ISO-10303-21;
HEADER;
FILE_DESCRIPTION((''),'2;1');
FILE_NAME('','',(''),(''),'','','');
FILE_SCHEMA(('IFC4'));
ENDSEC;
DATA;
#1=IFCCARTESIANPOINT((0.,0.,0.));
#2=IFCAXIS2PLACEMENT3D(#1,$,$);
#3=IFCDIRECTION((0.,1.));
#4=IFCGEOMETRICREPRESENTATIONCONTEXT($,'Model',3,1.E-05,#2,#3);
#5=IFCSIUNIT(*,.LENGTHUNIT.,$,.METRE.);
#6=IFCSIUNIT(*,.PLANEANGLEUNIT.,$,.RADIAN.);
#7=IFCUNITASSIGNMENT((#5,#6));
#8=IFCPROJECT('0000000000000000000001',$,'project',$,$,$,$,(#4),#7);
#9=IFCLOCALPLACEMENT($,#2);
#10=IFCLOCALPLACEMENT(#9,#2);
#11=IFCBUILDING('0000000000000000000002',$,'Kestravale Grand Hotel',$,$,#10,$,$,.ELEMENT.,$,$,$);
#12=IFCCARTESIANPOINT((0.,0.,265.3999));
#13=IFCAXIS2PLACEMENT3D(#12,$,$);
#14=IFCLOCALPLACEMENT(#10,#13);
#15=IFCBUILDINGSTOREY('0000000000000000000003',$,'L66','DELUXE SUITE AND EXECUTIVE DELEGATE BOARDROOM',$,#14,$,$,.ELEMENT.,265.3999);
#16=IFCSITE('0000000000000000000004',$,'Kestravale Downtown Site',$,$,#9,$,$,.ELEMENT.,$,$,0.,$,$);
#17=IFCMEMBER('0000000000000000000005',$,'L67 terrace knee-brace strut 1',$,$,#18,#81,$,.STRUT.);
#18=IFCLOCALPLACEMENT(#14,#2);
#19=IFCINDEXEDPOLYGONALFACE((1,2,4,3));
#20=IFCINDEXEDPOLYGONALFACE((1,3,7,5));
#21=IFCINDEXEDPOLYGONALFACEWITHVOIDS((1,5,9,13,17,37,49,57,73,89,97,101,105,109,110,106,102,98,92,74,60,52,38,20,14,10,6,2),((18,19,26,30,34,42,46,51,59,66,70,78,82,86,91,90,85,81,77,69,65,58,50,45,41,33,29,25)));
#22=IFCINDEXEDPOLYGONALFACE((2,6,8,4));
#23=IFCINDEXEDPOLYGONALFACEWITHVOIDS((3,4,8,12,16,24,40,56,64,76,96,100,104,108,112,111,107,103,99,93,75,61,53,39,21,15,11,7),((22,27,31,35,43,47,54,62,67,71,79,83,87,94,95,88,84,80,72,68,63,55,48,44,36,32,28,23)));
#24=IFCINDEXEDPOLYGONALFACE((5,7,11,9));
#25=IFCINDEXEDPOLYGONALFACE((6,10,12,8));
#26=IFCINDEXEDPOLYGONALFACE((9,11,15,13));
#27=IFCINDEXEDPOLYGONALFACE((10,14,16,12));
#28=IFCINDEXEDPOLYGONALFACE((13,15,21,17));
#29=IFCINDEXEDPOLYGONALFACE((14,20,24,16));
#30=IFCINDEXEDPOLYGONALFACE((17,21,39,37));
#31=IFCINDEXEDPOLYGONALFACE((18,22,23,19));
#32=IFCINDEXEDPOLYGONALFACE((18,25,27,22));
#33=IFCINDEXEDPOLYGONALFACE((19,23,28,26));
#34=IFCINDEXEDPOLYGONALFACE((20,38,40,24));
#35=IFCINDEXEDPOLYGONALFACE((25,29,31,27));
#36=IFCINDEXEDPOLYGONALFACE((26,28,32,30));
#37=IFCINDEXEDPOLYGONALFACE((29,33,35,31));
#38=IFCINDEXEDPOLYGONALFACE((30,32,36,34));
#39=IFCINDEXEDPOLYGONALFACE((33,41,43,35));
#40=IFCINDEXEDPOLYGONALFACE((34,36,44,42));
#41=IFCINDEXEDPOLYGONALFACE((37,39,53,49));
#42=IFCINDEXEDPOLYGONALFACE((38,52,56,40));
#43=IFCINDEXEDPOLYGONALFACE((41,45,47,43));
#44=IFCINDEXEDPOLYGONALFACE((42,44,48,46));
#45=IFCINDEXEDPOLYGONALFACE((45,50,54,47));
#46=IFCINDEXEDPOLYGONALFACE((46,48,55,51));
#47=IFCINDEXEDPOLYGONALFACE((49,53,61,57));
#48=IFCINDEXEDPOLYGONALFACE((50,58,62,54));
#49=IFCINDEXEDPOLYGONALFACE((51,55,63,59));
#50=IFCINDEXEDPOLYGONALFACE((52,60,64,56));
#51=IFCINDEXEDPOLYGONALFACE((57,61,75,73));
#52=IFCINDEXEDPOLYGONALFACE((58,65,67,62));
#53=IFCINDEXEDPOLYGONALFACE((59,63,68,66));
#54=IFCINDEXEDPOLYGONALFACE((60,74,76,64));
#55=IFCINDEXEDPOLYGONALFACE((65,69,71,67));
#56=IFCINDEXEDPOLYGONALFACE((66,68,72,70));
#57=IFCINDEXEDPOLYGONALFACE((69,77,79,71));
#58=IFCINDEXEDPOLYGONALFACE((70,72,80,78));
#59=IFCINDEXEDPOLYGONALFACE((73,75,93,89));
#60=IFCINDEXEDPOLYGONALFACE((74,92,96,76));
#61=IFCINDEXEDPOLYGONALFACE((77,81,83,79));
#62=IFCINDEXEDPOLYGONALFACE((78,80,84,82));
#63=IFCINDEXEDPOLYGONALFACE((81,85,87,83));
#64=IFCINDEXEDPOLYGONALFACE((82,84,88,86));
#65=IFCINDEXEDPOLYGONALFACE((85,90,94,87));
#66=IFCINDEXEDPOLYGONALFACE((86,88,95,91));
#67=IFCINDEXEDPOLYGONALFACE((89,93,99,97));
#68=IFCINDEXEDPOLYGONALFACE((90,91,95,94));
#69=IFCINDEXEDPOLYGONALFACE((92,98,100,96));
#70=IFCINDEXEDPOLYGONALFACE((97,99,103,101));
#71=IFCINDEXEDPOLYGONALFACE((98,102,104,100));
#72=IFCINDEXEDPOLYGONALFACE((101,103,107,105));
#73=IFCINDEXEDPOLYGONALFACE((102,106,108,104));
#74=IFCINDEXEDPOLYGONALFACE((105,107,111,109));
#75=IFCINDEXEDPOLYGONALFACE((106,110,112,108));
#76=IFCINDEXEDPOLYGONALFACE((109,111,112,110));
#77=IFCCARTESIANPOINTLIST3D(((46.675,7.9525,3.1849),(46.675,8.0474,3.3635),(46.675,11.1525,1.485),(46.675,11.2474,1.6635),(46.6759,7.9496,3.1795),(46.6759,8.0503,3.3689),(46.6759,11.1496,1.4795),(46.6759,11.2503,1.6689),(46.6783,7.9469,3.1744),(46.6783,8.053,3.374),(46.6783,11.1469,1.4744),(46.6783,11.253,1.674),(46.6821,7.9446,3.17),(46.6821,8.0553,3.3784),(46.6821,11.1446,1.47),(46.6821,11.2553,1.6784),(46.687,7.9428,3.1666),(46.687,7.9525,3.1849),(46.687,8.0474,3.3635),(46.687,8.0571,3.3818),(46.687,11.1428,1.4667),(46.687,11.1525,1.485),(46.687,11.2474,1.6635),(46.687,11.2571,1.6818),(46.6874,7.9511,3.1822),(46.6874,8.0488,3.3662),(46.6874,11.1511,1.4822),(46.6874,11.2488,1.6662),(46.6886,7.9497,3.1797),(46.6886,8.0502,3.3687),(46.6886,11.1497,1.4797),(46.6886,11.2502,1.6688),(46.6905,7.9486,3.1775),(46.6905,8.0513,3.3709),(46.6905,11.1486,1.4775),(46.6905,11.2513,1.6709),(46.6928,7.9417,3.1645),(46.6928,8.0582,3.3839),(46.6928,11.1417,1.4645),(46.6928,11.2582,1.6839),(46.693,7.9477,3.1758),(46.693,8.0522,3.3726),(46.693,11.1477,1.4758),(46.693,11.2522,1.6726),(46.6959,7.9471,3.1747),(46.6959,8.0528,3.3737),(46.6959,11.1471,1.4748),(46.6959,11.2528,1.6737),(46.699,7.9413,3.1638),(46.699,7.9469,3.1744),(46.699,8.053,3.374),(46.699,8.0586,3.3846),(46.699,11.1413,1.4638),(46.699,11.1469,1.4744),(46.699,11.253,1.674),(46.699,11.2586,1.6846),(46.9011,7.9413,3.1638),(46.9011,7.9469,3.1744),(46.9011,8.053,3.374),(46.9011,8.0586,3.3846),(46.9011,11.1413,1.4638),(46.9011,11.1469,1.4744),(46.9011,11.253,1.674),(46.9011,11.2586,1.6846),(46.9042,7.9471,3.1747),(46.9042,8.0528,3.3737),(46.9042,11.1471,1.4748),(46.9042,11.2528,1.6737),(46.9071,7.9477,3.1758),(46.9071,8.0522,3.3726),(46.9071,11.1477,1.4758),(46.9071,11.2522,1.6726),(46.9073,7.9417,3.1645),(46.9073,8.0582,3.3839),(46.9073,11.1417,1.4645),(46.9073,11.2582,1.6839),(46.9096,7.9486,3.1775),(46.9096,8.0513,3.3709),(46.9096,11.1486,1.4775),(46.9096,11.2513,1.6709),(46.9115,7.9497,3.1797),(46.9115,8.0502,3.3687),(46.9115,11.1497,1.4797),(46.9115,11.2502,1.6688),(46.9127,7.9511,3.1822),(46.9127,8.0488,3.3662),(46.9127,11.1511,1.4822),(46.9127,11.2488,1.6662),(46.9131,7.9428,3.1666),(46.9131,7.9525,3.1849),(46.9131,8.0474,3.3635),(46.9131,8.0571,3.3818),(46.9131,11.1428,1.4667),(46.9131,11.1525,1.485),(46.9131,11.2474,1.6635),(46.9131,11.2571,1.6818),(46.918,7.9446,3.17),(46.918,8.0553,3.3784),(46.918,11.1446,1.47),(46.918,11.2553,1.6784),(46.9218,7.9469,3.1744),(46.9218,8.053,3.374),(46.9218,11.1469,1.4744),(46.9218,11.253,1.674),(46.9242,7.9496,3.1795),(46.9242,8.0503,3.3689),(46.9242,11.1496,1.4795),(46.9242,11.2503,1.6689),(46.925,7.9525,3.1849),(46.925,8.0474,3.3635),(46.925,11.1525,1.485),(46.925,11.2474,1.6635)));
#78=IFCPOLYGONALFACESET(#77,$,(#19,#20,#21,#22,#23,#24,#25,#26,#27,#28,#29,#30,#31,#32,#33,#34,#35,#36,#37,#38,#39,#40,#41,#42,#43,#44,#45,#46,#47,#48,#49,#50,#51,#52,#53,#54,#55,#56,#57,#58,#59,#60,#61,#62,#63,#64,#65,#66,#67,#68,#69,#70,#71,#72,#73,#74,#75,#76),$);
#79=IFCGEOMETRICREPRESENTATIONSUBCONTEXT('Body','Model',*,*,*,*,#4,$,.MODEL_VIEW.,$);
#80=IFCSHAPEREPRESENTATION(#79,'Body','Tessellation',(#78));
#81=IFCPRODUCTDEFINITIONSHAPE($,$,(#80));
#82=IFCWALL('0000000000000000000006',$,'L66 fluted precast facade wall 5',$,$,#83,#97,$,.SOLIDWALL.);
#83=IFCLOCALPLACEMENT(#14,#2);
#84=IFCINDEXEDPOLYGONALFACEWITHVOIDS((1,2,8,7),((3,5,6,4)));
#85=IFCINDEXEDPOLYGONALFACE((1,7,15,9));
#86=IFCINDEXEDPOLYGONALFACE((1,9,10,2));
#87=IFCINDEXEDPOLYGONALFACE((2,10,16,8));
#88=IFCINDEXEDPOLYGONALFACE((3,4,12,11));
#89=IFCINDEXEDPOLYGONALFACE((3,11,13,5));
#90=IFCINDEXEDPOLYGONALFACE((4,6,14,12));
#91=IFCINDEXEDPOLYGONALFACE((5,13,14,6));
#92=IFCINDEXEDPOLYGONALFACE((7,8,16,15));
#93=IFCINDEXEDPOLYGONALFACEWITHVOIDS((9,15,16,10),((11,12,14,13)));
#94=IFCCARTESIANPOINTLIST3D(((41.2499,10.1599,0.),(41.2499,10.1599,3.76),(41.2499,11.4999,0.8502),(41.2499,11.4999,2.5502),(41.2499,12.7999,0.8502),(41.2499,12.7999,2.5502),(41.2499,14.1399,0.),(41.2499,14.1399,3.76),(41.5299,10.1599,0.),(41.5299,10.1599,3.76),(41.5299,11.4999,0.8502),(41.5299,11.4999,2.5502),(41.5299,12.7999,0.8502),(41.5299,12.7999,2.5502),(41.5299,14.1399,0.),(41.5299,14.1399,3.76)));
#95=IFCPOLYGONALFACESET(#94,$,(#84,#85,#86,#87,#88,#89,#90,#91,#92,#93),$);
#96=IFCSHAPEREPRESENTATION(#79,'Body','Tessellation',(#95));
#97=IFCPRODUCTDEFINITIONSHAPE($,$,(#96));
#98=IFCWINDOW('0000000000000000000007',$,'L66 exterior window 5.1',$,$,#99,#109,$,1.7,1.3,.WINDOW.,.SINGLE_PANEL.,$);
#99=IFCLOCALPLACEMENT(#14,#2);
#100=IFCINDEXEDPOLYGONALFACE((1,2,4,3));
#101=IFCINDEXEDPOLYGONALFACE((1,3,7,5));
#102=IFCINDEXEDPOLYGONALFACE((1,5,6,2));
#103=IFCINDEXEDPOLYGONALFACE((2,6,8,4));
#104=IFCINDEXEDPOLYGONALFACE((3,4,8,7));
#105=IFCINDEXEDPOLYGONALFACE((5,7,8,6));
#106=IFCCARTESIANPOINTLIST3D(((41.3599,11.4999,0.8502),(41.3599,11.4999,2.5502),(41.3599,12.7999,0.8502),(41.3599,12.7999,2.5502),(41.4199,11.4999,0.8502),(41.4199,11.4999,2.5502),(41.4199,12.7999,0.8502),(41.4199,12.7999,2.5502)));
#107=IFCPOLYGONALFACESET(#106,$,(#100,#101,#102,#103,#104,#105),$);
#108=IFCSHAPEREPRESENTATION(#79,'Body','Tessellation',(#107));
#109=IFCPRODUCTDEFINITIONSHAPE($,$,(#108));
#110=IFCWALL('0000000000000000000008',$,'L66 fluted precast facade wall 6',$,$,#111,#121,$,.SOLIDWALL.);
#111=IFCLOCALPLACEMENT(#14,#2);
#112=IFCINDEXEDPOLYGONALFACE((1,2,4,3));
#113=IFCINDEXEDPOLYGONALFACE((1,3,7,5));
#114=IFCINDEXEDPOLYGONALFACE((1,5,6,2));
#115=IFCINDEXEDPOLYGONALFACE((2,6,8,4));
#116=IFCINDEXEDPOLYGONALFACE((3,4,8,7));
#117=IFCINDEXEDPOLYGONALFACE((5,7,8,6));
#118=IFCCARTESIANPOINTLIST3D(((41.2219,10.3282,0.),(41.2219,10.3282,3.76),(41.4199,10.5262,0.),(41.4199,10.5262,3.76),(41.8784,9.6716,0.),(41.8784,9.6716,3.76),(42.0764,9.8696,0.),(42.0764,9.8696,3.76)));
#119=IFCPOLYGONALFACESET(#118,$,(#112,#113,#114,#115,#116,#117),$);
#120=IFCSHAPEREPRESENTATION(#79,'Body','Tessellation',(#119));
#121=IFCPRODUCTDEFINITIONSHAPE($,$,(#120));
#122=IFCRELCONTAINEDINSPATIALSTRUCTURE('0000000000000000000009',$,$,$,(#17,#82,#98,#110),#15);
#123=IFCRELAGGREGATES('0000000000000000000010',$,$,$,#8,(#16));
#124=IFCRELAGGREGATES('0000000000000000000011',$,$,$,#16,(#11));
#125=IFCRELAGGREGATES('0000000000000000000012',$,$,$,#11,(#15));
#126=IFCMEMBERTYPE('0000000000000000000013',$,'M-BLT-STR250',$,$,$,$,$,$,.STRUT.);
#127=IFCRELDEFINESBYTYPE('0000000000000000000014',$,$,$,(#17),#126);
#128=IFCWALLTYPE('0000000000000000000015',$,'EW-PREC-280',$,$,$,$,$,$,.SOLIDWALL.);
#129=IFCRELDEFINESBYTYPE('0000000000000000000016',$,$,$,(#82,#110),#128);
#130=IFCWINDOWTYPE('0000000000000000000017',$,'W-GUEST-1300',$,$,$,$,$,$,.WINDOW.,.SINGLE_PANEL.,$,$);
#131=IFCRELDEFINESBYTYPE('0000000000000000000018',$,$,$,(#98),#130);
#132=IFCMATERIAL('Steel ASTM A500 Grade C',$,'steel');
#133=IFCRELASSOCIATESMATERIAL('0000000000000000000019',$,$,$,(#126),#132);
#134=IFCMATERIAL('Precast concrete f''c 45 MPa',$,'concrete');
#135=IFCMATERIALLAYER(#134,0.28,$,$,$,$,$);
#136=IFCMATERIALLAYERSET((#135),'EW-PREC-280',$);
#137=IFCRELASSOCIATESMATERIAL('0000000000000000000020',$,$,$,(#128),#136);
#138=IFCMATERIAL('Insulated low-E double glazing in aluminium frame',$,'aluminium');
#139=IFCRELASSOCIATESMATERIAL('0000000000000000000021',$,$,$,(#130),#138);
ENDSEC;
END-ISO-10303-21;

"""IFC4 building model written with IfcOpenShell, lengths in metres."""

from ifc_helpers import new_model, si_unit, direction, frame, frame_2d, origin, origin_2d, place, context, subcontext, project, spatial, rectangle, hollow_rectangle, extrude, material, layer, layer_set, material_profile, profile_set, type_object, element, fill, save


model = new_model("IFC4")

# Units and contexts
model_context = context("Model", 3, precision=1e-05, world=origin(), true_north=direction((0.0, 1.0)))
body_context = subcontext(model_context, "Body", "Model", "MODEL_VIEW")
ifc_project = project(units=[si_unit("LENGTHUNIT", "METRE"), si_unit("PLANEANGLEUNIT", "RADIAN")], contexts=[model_context])

# Site, building, storey
site_placement = place(None, origin())
site = spatial("IfcSite", under=ifc_project, at=site_placement, Name="Kestravale Downtown Site", CompositionType="ELEMENT", RefElevation=0.0)
building_placement = place(site_placement, origin())
building = spatial("IfcBuilding", under=site, at=building_placement, Name="Kestravale Grand Hotel", CompositionType="ELEMENT")
storey_placement = place(building_placement, frame((0.0, 0.0, 265.3999)))
storey = spatial("IfcBuildingStorey", under=building, at=storey_placement, Name="L66", Description="DELUXE SUITE AND EXECUTIVE DELEGATE BOARDROOM", CompositionType="ELEMENT", Elevation=265.3999)

# Member
ifc_material_1 = material(Name="Steel ASTM A500 Grade C", Category="steel")
ifc_material_profile_1 = material_profile(ifc_material_1, hollow_rectangle(XDim=0.25, YDim=0.25, WallThickness=0.012, InnerFilletRadius=0.012, OuterFilletRadius=0.0239, at=origin_2d()))
ifc_profile_set_1 = profile_set([ifc_material_profile_1], Name="Steel ASTM A500 Grade C")
member_type = type_object("IfcMemberType", Name="M-BLT-STR250", PredefinedType="STRUT", material=ifc_profile_set_1)
member_placement = place(storey_placement, frame((46.8, 11.2, 1.5742), z_axis=(0.0, -0.883118, 0.46915), x_axis=(1.0, 0.0, 0.0)))
element("IfcMember", 1, at=member_placement, inside=storey, type_object=member_type, Name="L67 terrace knee-brace strut 1", PredefinedType="STRUT", context=body_context, shape_type="SweptSolid", body=[
    extrude(hollow_rectangle(XDim=0.25, YDim=0.25, WallThickness=0.012, InnerFilletRadius=0.012, OuterFilletRadius=0.0239, at=origin_2d()), origin(), (0.0, 0.0, 1.0), 3.6235),
])

# Wall, opening, window
ifc_material_2 = material(Name="Precast concrete f'c 45 MPa", Category="concrete")
ifc_layer_1 = layer(ifc_material_2, 0.28)
ifc_layer_set_1 = layer_set([ifc_layer_1], Name="EW-PREC-280")
wall_type_1 = type_object("IfcWallType", Name="EW-PREC-280", PredefinedType="SOLIDWALL", material=ifc_layer_set_1)
wall_1_placement = place(storey_placement, frame((41.3899, 14.1399, 0.0), z_axis=(0.0, 0.0, 1.0), x_axis=(0.0, -1.0, 0.0)))
wall_1 = element("IfcWall", 2, at=wall_1_placement, inside=storey, type_object=wall_type_1, Name="L66 fluted precast facade wall 5", PredefinedType="SOLIDWALL", context=body_context, shape_type="SweptSolid", body=[
    extrude(rectangle(XDim=3.98, YDim=0.28, at=frame_2d((1.99, 0.0))), origin(), (0.0, 0.0, 1.0), 3.76),
])
opening_1_placement = place(wall_1_placement, frame((1.3401, 0.0, 0.8501)))
opening_1 = element("IfcOpeningElement", 3, at=opening_1_placement, cuts=wall_1, PredefinedType="OPENING", context=body_context, shape_type="SweptSolid", body=[
    extrude(rectangle(XDim=1.3, YDim=1.7, at=frame_2d((0.6499, 0.8501))), frame((0.0, 0.1499, 0.0), z_axis=(0.0, -1.0, 0.0), x_axis=(1.0, 0.0, 0.0)), (0.0, 0.0, 1.0), 0.3),
])
ifc_material_3 = material(Name="Insulated low-E double glazing in aluminium frame", Category="aluminium")
window_type = type_object("IfcWindowType", Name="W-GUEST-1300", PartitioningType="SINGLE_PANEL", PredefinedType="WINDOW", material=ifc_material_3)
window_1_placement = place(opening_1_placement, origin())
window_1 = element("IfcWindow", 4, at=window_1_placement, inside=storey, type_object=window_type, Name="L66 exterior window 5.1", OverallHeight=1.7, OverallWidth=1.3, PartitioningType="SINGLE_PANEL", PredefinedType="WINDOW", context=body_context, shape_type="SweptSolid", body=[
    extrude(rectangle(XDim=1.3, YDim=1.7, at=frame_2d((0.6499, 0.8501))), frame((0.0, 0.03, 0.0), z_axis=(0.0, -1.0, 0.0), x_axis=(1.0, 0.0, 0.0)), (0.0, 0.0, 1.0), 0.0601),
])
fill(opening_1, window_1)

# Wall
wall_2_placement = place(storey_placement, frame((41.3208, 10.4272, 0.0), z_axis=(0.0, 0.0, 1.0), x_axis=(0.707107, -0.707107, 0.0)))
element("IfcWall", 5, at=wall_2_placement, inside=storey, type_object=wall_type_1, Name="L66 fluted precast facade wall 6", PredefinedType="SOLIDWALL", context=body_context, shape_type="SweptSolid", body=[
    extrude(rectangle(XDim=0.9285, YDim=0.28, at=frame_2d((0.4644, 0.0))), origin(), (0.0, 0.0, 1.0), 3.76),
])

save(model, "model.ifc")
